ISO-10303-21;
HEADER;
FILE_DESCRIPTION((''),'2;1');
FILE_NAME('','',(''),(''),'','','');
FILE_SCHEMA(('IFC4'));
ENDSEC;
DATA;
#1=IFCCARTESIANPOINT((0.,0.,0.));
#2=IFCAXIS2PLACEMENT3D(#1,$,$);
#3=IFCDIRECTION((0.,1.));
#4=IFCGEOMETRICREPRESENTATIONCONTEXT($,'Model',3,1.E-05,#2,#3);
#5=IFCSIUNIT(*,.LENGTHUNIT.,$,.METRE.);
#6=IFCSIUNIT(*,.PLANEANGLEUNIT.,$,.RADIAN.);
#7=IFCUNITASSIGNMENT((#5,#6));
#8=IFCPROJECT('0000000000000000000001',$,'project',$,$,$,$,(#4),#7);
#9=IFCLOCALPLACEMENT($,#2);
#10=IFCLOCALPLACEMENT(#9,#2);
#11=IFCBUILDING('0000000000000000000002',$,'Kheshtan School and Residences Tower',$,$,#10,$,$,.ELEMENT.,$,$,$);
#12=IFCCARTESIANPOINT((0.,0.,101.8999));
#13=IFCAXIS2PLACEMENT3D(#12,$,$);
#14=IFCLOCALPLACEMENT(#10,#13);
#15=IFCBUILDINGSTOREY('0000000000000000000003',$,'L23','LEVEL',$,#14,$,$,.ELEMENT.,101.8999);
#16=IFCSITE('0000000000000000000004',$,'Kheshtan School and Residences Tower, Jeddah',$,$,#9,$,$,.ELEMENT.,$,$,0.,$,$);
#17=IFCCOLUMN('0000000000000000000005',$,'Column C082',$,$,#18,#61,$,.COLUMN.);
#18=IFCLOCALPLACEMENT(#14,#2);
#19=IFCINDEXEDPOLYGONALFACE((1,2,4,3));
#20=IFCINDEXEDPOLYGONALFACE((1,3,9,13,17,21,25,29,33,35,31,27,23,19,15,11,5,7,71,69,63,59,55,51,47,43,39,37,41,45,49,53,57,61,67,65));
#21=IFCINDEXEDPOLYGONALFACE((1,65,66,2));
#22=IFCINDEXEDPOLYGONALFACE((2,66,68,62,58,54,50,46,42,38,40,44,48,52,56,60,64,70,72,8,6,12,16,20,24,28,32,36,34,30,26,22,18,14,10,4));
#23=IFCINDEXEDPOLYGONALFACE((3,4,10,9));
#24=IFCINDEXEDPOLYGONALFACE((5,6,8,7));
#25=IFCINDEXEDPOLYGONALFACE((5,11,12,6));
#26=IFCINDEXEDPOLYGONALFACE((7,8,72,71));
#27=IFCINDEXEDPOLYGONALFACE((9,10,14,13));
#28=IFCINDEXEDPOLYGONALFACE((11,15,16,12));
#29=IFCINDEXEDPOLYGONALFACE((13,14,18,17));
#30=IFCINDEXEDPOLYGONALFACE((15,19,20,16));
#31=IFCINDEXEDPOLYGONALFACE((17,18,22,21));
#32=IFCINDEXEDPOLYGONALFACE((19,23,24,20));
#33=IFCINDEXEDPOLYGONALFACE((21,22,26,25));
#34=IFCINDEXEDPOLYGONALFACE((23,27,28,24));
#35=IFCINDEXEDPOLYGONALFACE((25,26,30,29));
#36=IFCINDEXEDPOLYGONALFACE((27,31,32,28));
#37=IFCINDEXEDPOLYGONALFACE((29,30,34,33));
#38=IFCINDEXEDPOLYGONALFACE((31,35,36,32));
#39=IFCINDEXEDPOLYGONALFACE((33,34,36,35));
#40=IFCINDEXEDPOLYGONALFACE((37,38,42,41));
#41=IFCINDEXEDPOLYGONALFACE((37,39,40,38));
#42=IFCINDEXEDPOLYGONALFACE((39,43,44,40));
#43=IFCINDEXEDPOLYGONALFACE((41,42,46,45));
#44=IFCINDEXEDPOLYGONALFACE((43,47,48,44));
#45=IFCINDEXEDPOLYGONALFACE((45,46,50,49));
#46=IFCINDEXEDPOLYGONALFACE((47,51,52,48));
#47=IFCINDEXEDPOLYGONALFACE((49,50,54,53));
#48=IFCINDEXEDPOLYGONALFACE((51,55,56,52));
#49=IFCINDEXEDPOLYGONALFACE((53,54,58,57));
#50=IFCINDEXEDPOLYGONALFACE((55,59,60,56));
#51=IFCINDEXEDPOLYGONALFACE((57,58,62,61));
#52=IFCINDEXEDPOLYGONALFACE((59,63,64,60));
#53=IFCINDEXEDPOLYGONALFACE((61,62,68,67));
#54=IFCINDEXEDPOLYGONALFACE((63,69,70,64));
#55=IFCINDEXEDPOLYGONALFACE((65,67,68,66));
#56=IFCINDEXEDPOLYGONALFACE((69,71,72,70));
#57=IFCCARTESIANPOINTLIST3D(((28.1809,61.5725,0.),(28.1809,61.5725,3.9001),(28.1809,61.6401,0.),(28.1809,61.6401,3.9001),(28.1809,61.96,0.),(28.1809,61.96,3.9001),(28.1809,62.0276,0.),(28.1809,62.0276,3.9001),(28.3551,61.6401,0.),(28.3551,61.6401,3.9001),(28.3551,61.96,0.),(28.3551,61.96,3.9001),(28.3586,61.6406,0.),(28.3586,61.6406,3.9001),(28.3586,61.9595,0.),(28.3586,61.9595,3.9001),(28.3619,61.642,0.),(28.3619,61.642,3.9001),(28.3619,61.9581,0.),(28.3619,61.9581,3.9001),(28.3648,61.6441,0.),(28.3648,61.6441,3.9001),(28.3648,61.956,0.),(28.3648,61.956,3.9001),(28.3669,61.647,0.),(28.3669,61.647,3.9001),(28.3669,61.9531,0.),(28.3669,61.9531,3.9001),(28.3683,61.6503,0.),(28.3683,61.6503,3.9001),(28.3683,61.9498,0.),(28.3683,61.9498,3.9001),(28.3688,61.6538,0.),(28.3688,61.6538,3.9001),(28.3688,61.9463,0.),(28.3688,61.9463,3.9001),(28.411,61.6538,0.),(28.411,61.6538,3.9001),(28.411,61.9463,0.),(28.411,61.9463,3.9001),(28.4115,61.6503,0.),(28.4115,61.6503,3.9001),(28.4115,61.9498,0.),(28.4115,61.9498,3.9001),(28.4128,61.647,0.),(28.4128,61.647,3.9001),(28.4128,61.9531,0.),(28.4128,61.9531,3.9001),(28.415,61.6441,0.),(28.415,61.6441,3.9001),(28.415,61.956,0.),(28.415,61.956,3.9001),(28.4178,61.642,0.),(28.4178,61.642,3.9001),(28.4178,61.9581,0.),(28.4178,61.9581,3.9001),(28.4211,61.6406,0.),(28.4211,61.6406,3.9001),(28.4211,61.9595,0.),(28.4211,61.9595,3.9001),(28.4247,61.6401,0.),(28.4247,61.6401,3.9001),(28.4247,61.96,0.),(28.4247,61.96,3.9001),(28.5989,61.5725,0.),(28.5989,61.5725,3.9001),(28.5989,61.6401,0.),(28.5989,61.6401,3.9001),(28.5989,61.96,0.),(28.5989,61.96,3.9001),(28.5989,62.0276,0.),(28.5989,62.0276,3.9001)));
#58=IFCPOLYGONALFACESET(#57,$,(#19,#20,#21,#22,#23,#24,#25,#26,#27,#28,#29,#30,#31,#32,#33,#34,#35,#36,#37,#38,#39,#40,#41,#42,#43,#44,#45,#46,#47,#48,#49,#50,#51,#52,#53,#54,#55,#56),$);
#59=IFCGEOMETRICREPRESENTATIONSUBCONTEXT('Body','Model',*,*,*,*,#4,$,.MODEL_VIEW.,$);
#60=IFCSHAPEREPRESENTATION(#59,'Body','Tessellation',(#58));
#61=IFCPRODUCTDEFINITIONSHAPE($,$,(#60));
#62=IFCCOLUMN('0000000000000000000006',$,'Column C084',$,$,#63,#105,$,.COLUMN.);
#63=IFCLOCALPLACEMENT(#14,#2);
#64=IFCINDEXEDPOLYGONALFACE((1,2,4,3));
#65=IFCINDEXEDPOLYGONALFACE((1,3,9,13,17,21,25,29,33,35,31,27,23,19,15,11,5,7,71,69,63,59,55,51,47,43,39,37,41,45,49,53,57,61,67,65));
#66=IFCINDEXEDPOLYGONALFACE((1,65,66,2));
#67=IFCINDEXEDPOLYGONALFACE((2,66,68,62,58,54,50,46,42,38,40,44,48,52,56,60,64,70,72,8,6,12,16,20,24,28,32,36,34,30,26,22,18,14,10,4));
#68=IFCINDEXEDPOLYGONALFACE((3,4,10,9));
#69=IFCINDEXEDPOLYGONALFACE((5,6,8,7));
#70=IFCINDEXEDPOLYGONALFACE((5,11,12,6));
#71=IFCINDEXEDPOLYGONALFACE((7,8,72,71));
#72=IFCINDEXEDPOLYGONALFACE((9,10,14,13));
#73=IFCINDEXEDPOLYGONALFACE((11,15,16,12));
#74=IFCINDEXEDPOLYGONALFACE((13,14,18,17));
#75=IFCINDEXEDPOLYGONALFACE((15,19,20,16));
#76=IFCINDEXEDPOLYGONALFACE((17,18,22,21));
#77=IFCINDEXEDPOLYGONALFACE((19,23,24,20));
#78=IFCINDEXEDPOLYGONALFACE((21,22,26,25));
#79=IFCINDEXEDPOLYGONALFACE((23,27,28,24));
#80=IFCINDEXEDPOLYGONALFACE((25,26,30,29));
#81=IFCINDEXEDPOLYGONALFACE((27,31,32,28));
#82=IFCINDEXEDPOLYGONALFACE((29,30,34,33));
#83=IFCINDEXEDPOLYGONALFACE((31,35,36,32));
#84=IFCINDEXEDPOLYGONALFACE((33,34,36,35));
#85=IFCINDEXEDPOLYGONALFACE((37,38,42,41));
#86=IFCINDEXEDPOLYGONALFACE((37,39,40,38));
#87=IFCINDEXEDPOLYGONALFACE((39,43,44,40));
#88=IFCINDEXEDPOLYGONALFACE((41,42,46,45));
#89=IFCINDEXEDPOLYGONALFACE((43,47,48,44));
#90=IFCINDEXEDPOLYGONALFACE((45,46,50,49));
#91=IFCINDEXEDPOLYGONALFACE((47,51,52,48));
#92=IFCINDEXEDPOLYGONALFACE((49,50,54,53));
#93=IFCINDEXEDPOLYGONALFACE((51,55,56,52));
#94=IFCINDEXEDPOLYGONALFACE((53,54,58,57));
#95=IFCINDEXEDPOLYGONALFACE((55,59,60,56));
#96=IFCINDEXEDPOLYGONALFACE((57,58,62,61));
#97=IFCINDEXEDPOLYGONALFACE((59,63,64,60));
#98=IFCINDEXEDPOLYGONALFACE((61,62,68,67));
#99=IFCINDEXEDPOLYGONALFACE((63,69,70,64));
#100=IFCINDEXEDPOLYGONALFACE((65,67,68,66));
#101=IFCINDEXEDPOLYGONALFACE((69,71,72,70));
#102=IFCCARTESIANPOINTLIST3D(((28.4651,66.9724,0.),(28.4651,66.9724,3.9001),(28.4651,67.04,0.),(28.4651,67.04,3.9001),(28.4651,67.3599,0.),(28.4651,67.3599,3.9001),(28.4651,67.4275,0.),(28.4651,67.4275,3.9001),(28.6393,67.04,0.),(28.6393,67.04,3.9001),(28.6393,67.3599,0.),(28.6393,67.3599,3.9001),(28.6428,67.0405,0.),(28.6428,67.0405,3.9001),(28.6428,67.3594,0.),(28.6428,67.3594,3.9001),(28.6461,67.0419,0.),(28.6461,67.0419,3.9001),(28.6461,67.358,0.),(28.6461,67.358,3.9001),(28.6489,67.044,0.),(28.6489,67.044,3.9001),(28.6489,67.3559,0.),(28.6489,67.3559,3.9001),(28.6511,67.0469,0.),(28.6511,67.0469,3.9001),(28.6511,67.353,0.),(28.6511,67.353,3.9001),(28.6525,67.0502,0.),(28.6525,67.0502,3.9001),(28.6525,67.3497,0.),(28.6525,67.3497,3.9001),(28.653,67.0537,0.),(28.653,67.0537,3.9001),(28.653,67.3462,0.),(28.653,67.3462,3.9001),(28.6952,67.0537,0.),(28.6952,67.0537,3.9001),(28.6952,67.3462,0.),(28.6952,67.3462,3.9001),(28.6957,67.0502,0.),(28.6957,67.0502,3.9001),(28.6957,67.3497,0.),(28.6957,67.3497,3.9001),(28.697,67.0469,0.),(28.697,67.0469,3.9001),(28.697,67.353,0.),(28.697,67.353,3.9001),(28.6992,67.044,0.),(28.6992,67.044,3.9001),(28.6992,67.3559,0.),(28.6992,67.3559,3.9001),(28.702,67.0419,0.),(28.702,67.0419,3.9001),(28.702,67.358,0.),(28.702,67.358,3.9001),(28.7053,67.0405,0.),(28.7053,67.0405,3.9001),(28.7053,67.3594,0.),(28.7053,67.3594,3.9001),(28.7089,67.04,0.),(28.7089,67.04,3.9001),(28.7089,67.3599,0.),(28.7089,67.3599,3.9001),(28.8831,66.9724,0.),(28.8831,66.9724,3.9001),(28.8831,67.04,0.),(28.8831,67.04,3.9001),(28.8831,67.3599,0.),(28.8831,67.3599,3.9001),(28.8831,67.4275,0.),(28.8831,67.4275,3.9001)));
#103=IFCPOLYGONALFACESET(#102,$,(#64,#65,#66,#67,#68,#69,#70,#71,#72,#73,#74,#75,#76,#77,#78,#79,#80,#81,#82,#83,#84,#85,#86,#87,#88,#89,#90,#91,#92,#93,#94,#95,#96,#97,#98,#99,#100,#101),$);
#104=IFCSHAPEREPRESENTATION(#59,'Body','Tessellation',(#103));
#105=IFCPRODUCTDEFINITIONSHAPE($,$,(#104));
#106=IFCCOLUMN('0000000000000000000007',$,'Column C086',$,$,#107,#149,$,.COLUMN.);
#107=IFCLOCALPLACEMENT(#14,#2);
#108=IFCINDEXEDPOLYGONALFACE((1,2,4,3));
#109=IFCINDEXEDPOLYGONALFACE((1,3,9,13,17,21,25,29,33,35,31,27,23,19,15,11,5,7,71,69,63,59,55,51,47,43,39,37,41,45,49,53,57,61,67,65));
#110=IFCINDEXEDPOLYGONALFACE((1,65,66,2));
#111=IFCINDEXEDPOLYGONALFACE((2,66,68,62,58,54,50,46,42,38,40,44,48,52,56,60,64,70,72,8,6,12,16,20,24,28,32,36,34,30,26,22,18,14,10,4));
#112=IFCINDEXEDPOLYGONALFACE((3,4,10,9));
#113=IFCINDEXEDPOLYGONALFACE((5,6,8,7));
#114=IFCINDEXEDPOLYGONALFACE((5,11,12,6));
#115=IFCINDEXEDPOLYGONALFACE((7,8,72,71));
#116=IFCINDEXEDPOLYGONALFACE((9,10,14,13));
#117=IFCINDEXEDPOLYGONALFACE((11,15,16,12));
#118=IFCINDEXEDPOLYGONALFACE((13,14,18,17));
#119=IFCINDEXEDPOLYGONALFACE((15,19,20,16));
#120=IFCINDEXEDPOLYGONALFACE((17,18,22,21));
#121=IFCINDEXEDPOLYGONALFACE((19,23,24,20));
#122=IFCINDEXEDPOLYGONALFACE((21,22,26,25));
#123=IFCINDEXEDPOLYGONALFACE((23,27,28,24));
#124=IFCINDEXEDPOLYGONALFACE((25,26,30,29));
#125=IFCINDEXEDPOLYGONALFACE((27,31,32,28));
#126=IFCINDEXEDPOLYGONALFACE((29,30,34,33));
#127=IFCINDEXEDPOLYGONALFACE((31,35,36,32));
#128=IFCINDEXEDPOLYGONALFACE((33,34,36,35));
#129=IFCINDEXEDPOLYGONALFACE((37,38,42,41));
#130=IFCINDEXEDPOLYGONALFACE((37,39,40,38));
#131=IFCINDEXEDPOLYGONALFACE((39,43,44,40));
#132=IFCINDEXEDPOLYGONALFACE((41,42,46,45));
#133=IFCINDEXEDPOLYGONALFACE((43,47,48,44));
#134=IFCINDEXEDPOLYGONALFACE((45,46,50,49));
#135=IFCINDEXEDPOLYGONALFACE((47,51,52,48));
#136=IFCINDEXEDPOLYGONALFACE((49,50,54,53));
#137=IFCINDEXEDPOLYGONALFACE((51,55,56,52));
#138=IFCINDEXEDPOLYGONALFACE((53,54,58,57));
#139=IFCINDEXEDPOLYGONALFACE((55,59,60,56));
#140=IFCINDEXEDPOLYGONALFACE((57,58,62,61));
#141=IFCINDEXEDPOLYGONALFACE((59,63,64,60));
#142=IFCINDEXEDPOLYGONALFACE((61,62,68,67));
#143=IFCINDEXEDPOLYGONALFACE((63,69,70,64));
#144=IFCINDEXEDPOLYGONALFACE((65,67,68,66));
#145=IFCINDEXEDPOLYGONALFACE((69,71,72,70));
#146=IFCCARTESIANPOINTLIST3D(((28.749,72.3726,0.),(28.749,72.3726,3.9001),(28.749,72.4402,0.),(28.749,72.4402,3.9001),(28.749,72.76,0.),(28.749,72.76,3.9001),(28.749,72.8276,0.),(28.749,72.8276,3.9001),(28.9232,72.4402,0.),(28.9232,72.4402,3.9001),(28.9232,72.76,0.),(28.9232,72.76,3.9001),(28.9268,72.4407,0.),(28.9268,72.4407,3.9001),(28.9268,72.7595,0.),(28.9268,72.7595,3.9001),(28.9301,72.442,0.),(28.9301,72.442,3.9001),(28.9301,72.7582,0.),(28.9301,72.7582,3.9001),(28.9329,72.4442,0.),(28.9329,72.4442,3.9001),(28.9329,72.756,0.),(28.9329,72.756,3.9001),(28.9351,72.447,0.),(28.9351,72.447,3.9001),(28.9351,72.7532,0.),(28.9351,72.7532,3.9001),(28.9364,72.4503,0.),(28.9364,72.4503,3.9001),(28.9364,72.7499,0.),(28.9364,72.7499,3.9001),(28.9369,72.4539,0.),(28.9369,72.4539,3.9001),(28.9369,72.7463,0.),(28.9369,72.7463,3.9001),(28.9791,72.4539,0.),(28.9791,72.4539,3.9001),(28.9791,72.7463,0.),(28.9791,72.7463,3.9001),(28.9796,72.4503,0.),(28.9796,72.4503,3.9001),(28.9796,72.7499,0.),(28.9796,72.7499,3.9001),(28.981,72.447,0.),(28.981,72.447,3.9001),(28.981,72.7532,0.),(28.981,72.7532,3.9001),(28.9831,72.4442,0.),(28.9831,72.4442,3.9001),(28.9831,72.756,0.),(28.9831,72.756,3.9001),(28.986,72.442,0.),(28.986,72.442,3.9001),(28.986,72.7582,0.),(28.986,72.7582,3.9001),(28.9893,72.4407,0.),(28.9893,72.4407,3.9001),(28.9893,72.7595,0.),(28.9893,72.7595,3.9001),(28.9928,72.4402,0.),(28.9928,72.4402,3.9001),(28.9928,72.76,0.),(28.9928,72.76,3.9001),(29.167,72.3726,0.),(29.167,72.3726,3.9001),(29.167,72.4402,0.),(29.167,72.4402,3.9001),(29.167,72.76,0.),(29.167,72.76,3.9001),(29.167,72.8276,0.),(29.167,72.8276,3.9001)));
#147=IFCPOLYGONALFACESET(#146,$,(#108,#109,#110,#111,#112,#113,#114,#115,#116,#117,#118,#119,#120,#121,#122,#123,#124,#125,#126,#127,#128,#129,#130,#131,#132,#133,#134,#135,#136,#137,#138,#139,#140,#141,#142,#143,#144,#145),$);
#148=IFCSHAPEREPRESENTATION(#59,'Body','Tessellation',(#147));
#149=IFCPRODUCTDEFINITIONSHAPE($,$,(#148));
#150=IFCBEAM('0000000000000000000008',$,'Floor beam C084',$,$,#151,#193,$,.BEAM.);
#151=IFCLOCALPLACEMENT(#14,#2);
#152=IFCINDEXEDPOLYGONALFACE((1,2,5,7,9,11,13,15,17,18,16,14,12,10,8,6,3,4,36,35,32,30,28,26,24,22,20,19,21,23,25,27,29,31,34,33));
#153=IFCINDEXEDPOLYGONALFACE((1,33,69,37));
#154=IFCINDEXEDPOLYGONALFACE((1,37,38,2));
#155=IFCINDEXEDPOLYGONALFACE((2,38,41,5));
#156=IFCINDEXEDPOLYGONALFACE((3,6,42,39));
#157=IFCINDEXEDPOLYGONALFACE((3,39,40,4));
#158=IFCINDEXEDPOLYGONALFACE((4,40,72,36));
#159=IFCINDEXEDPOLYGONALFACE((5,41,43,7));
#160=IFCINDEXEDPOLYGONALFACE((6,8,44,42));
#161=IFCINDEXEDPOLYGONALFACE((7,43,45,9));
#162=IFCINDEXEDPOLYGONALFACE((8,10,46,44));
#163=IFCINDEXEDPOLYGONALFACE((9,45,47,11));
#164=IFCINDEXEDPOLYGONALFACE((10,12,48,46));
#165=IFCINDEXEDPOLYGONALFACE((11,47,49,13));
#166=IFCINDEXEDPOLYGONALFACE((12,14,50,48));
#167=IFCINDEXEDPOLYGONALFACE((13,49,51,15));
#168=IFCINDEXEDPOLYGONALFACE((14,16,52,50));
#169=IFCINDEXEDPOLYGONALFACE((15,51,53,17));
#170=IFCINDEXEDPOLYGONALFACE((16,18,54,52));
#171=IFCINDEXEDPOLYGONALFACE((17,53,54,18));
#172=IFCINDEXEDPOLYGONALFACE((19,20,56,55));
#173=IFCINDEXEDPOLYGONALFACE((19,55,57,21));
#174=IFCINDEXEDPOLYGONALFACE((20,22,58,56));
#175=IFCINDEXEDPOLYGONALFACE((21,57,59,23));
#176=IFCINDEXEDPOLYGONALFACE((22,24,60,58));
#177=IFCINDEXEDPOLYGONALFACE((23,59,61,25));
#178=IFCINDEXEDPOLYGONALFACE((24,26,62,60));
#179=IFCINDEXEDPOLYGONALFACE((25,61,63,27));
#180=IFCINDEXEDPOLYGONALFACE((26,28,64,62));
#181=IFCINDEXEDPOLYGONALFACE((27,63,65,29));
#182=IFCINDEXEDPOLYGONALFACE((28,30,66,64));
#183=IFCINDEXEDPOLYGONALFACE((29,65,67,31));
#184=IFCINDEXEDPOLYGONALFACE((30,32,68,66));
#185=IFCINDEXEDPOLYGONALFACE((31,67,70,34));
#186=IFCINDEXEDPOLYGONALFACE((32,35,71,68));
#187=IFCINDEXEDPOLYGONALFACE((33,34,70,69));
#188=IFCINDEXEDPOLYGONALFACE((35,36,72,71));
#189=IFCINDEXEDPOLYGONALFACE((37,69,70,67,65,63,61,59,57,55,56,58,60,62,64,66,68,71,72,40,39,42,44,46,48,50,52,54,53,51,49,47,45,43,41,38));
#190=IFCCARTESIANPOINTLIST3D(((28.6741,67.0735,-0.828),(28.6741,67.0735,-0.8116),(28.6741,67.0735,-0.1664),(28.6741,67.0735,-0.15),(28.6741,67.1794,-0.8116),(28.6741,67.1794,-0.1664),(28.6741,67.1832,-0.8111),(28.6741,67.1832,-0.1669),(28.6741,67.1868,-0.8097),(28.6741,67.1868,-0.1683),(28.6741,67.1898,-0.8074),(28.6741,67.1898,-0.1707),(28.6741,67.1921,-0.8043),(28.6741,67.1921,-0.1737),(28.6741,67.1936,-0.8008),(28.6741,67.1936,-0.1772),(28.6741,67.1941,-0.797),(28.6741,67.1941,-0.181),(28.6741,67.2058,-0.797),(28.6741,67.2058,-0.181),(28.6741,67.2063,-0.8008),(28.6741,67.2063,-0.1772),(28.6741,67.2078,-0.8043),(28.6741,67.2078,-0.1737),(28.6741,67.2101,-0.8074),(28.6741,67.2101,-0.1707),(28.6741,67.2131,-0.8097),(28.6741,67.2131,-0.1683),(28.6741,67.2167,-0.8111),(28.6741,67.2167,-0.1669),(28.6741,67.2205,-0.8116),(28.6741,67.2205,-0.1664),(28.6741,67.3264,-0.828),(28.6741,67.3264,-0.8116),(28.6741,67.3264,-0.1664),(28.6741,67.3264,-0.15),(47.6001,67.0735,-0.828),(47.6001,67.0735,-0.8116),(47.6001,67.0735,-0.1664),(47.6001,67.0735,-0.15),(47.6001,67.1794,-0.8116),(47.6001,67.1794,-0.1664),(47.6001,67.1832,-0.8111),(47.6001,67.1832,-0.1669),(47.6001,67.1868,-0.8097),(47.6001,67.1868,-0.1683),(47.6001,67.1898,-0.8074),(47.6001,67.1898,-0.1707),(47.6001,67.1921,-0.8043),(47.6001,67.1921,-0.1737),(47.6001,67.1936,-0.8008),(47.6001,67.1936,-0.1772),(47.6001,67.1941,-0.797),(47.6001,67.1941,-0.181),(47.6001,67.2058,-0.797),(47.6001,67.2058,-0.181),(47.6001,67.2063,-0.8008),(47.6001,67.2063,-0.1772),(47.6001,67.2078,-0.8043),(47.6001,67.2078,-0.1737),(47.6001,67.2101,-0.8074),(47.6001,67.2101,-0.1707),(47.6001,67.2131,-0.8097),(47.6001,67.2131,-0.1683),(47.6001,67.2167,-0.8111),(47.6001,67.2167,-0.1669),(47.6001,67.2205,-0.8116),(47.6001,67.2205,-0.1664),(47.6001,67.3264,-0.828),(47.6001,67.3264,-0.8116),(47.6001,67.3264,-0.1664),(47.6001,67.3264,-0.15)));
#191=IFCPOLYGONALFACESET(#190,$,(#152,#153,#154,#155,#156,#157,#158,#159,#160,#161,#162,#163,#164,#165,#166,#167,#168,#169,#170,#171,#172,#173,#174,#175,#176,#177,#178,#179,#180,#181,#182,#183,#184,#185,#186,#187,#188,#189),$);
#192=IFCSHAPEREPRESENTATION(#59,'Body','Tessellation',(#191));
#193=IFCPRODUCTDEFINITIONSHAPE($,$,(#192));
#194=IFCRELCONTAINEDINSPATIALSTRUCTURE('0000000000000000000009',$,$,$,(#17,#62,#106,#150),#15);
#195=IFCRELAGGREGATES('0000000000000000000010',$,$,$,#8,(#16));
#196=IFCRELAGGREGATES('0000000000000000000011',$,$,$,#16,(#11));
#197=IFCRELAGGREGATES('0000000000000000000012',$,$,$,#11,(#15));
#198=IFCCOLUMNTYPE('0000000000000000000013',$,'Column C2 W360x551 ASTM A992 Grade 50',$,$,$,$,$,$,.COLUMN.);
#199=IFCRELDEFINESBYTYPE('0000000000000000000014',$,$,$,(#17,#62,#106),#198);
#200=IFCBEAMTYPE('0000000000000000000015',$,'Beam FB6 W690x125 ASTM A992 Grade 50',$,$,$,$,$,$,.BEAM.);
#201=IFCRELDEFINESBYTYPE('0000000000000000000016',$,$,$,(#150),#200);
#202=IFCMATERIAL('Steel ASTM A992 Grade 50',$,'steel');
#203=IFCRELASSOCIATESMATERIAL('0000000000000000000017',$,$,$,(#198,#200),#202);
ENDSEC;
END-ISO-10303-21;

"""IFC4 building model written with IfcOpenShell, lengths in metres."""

from ifc_helpers import new_model, si_unit, direction, frame, origin, origin_2d, place, context, subcontext, project, spatial, i_section, extrude, material, material_profile, profile_set, type_object, element, save


model = new_model("IFC4")

# Units and contexts
model_context = context("Model", 3, precision=1e-05, world=origin(), true_north=direction((0.0, 1.0)))
body_context = subcontext(model_context, "Body", "Model", "MODEL_VIEW")
ifc_project = project(units=[si_unit("LENGTHUNIT", "METRE"), si_unit("PLANEANGLEUNIT", "RADIAN")], contexts=[model_context])

# Site, building, storey
site_placement = place(None, origin())
site = spatial("IfcSite", under=ifc_project, at=site_placement, Name="Kheshtan School and Residences Tower, Jeddah", CompositionType="ELEMENT", RefElevation=0.0)
building_placement = place(site_placement, origin())
building = spatial("IfcBuilding", under=site, at=building_placement, Name="Kheshtan School and Residences Tower", CompositionType="ELEMENT")
storey_placement = place(building_placement, frame((0.0, 0.0, 101.8999)))
storey = spatial("IfcBuildingStorey", under=building, at=storey_placement, Name="L23", Description="LEVEL", CompositionType="ELEMENT", Elevation=101.8999)

# Columns
ifc_material_1 = material(Name="Steel ASTM A992 Grade 50", Category="steel")
ifc_material_profile_1 = material_profile(ifc_material_1, i_section(OverallWidth=0.418, OverallDepth=0.4551, WebThickness=0.0422, FlangeThickness=0.0676, FilletRadius=0.0137, at=origin_2d()), Name="W360x551")
ifc_profile_set_1 = profile_set([ifc_material_profile_1], Name="Steel ASTM A992 Grade 50")
column_type = type_object("IfcColumnType", Name="Column C2 W360x551 ASTM A992 Grade 50", PredefinedType="COLUMN", material=ifc_profile_set_1)
for number, where, z_axis, x_axis, name in (
    (1, (28.3899, 61.8, 0.0), (0.0, 0.0, 1.0), (1.0, 0.0, 0.0), "Column C082"),
    (2, (28.6741, 67.2, 0.0), (0.0, 0.0, 1.0), (1.0, 0.0, 0.0), "Column C084"),
    (3, (28.958, 72.6001, 0.0), (0.0, 0.0, 1.0), (1.0, 0.0, 0.0), "Column C086"),
):
    element("IfcColumn", number, at=place(storey_placement, frame(where, z_axis=z_axis, x_axis=x_axis)), inside=storey, type_object=column_type, Name=name, PredefinedType="COLUMN", context=body_context, shape_type="SweptSolid", body=[
        extrude(i_section(OverallWidth=0.418, OverallDepth=0.4551, WebThickness=0.0422, FlangeThickness=0.0676, FilletRadius=0.0137, at=origin_2d()), origin(), (0.0, 0.0, 1.0), 3.9001),
    ])

# Beam
ifc_material_profile_2 = material_profile(ifc_material_1, i_section(OverallWidth=0.2529, OverallDepth=0.678, WebThickness=0.0117, FlangeThickness=0.0164, FilletRadius=0.0146, at=origin_2d()), Name="W690x125")
ifc_profile_set_2 = profile_set([ifc_material_profile_2], Name="Steel ASTM A992 Grade 50")
beam_type_1 = type_object("IfcBeamType", Name="Beam FB6 W690x125 ASTM A992 Grade 50", PredefinedType="BEAM", material=ifc_profile_set_2)
beam_1_placement = place(storey_placement, frame((28.6741, 67.2, -0.489), z_axis=(1.0, 0.0, 0.0), x_axis=(0.0, 1.0, 0.0)))
element("IfcBeam", 4, at=beam_1_placement, inside=storey, type_object=beam_type_1, Name="Floor beam C084", PredefinedType="BEAM", context=body_context, shape_type="SweptSolid", body=[
    extrude(i_section(OverallWidth=0.2529, OverallDepth=0.678, WebThickness=0.0117, FlangeThickness=0.0164, FilletRadius=0.0146, at=origin_2d()), origin(), (0.0, 0.0, 1.0), 18.926),
])

save(model, "model.ifc")
